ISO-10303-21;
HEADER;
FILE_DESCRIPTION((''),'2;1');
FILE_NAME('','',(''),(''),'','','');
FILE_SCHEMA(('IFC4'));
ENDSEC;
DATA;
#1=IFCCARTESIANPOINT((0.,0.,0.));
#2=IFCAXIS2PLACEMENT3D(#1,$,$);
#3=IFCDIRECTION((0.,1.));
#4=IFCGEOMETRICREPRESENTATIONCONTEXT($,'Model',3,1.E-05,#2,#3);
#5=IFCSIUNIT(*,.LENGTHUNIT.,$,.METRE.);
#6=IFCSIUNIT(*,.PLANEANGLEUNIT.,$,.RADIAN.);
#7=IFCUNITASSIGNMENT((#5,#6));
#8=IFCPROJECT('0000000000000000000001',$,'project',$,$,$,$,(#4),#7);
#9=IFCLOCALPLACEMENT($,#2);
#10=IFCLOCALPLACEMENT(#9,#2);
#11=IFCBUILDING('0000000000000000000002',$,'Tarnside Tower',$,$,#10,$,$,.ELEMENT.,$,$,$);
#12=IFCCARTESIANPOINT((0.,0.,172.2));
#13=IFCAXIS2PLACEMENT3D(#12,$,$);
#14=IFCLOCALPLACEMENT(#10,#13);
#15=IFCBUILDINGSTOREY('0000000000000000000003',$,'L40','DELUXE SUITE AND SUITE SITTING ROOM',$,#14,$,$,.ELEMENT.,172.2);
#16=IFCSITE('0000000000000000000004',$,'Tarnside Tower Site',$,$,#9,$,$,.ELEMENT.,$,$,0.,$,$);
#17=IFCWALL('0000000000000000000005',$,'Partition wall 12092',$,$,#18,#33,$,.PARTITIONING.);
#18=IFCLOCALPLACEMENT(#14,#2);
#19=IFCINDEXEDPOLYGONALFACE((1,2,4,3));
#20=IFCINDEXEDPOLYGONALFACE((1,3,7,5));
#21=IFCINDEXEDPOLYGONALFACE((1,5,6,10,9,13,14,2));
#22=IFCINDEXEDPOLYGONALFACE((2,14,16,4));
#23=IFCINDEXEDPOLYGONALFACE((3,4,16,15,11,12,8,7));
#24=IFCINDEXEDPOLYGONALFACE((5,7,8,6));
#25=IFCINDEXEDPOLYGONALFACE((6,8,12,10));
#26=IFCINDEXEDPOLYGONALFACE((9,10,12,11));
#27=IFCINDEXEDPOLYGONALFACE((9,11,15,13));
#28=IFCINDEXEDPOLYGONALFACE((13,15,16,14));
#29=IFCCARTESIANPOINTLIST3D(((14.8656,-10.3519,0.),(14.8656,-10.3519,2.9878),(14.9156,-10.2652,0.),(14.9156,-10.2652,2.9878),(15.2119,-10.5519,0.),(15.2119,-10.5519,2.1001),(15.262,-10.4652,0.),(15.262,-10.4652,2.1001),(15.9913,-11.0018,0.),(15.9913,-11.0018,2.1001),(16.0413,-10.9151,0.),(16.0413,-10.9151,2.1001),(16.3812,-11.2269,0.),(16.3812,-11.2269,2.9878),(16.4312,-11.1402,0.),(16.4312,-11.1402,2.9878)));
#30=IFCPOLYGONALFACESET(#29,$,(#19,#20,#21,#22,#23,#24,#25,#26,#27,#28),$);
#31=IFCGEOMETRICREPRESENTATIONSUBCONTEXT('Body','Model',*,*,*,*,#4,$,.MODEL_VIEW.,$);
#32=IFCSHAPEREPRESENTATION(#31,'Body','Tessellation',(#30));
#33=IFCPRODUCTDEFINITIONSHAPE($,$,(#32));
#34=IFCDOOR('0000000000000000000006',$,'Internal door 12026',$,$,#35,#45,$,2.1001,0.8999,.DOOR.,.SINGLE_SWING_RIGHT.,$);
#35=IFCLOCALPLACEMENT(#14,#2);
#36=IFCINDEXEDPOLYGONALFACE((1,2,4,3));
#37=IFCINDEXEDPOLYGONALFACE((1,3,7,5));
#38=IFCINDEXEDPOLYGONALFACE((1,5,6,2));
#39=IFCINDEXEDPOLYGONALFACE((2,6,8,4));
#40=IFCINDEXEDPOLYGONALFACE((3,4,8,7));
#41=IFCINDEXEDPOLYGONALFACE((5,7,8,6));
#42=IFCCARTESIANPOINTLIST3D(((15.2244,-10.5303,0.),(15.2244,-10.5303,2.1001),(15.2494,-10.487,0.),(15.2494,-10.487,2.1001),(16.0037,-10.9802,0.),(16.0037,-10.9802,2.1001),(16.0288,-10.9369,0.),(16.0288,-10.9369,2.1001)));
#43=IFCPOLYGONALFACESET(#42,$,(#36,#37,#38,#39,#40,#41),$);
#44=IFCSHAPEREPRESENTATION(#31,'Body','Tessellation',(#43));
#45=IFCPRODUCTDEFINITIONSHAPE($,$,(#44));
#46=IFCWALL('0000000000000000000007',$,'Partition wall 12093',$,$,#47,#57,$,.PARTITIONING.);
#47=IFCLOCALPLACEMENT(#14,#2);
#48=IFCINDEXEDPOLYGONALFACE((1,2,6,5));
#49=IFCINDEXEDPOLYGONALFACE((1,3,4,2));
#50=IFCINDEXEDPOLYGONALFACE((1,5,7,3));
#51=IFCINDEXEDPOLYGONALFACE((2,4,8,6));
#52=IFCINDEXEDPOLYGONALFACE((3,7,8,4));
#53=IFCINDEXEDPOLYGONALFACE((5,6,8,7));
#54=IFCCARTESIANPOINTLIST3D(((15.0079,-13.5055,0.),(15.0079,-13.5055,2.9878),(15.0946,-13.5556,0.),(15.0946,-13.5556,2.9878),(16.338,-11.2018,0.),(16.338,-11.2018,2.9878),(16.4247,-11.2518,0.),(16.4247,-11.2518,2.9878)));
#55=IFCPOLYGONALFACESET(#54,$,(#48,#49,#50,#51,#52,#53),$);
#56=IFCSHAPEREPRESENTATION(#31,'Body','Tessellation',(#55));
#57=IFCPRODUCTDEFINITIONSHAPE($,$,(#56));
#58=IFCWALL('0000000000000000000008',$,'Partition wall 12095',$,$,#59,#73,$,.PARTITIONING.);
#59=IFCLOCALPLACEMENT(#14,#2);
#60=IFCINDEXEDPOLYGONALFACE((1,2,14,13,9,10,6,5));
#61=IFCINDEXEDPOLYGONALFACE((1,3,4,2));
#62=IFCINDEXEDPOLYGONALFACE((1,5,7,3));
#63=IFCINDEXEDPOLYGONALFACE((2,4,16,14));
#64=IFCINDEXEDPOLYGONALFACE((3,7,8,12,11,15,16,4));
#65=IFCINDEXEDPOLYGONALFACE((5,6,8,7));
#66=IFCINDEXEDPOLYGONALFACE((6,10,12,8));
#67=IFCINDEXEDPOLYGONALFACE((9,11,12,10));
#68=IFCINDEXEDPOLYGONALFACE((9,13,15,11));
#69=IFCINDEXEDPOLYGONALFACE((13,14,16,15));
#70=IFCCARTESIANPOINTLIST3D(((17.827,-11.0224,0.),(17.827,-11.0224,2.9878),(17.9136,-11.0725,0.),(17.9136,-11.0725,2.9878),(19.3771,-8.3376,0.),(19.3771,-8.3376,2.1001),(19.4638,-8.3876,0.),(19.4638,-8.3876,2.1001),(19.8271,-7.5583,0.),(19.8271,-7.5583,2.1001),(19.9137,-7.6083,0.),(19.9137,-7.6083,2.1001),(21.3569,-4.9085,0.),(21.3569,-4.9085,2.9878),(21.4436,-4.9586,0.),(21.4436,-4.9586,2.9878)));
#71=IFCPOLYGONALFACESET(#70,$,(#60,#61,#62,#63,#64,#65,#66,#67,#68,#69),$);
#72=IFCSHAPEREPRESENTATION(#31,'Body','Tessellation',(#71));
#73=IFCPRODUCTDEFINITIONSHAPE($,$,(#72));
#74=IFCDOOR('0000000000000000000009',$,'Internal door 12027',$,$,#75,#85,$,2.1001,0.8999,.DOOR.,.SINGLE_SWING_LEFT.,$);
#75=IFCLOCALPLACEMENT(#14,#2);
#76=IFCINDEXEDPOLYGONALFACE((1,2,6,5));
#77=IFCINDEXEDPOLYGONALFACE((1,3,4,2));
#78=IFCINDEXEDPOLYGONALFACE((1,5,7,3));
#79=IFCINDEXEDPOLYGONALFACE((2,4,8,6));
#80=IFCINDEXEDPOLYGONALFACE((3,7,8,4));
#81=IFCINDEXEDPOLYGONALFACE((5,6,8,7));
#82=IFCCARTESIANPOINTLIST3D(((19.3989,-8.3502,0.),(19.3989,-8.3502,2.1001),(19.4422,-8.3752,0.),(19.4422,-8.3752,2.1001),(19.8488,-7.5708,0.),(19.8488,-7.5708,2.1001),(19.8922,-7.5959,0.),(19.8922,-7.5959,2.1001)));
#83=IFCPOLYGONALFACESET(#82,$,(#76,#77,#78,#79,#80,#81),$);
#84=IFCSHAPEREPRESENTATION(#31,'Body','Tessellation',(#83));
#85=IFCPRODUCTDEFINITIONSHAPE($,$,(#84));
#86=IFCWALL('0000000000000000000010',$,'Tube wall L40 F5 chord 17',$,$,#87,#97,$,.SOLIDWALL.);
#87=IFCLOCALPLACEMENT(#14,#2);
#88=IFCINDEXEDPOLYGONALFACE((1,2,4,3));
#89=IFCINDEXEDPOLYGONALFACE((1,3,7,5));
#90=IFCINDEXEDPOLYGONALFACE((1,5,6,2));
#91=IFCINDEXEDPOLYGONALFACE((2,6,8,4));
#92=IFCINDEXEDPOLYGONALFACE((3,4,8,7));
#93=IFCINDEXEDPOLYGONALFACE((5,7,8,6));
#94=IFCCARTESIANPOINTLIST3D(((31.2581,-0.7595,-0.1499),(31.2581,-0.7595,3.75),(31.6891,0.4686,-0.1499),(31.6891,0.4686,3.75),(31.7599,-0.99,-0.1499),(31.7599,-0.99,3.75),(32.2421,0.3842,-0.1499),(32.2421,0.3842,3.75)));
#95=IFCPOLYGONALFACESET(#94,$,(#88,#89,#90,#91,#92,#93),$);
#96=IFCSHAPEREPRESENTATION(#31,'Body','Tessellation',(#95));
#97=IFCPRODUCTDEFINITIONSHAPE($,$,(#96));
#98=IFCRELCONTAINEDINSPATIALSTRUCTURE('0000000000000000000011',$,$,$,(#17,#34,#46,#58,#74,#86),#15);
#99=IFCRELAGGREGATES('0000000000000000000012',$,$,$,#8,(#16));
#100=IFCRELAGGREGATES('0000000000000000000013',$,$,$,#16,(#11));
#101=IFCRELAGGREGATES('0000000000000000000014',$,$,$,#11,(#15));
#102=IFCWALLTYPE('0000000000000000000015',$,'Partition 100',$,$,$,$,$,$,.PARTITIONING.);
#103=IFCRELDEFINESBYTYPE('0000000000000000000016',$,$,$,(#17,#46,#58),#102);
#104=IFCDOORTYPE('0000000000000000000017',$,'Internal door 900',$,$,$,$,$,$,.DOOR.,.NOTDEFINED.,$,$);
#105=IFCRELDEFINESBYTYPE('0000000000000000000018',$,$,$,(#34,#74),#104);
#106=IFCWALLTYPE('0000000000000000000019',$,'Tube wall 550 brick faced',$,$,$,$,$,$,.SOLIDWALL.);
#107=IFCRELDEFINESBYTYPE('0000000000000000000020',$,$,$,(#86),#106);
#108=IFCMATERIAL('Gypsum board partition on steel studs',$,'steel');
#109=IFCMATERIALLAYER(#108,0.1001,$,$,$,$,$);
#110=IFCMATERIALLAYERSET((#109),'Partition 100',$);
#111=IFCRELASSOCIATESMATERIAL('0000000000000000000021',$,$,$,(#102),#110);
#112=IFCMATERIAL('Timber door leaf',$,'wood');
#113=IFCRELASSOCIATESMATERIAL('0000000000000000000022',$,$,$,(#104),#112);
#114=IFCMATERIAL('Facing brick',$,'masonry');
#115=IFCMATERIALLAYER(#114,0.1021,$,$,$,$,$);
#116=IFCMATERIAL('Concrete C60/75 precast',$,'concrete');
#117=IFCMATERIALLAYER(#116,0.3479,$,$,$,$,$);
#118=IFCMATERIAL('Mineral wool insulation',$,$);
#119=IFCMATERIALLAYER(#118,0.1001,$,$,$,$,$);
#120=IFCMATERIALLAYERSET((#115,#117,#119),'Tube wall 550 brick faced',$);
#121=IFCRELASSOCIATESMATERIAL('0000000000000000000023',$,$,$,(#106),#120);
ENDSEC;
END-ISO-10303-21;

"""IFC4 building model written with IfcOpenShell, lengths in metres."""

from ifc_helpers import new_model, si_unit, direction, frame, frame_2d, origin, place, context, subcontext, project, spatial, polyline, rectangle, outline, extrude, material, layer, layer_set, type_object, element, fill, save


model = new_model("IFC4")

# Units and contexts
model_context = context("Model", 3, precision=1e-05, world=origin(), true_north=direction((0.0, 1.0)))
body_context = subcontext(model_context, "Body", "Model", "MODEL_VIEW")
ifc_project = project(units=[si_unit("LENGTHUNIT", "METRE"), si_unit("PLANEANGLEUNIT", "RADIAN")], contexts=[model_context])

# Site, building, storey
site_placement = place(None, origin())
site = spatial("IfcSite", under=ifc_project, at=site_placement, Name="Tarnside Tower Site", CompositionType="ELEMENT", RefElevation=0.0)
building_placement = place(site_placement, origin())
building = spatial("IfcBuilding", under=site, at=building_placement, Name="Tarnside Tower", CompositionType="ELEMENT")
storey_placement = place(building_placement, frame((0.0, 0.0, 172.2)))
storey = spatial("IfcBuildingStorey", under=building, at=storey_placement, Name="L40", Description="DELUXE SUITE AND SUITE SITTING ROOM", CompositionType="ELEMENT", Elevation=172.2)

# Shared definitions
ifc_material_1 = material(Name="Gypsum board partition on steel studs", Category="steel")

# Shared definitions
ifc_material_2 = material(Name="Timber door leaf", Category="wood")

# Wall, opening, door
ifc_layer_1 = layer(ifc_material_1, 0.1001)
ifc_layer_set_1 = layer_set([ifc_layer_1], Name="Partition 100")
wall_type_1 = type_object("IfcWallType", Name="Partition 100", PredefinedType="PARTITIONING", material=ifc_layer_set_1)
wall_1_placement = place(storey_placement, frame((14.8906, -10.3086, 0.0), z_axis=(0.0, 0.0, 1.0), x_axis=(0.866037, -0.49998, 0.0)))
wall_1 = element("IfcWall", 1, at=wall_1_placement, inside=storey, type_object=wall_type_1, Name="Partition wall 12092", PredefinedType="PARTITIONING", context=body_context, shape_type="SweptSolid", body=[
    extrude(rectangle(XDim=1.75, YDim=0.1001, at=frame_2d((0.875, 0.0))), origin(), (0.0, 0.0, 1.0), 2.9878),
])
opening_1_placement = place(wall_1_placement, frame((0.3999, 0.0, 0.0)))
opening_1 = element("IfcOpeningElement", 2, at=opening_1_placement, cuts=wall_1, PredefinedType="OPENING", context=body_context, shape_type="SweptSolid", body=[
    extrude(rectangle(XDim=0.8999, YDim=2.1001, at=frame_2d((0.45, 1.05))), frame((0.0, 0.0601, 0.0), z_axis=(0.0, -1.0, 0.0), x_axis=(1.0, 0.0, 0.0)), (0.0, 0.0, 1.0), 0.1201),
])
door_type_1 = type_object("IfcDoorType", Name="Internal door 900", OperationType="NOTDEFINED", PredefinedType="DOOR", material=ifc_material_2)
door_1_placement = place(opening_1_placement, origin())
door_1 = element("IfcDoor", 3, at=door_1_placement, inside=storey, type_object=door_type_1, Name="Internal door 12026", OperationType="SINGLE_SWING_RIGHT", OverallHeight=2.1001, OverallWidth=0.8999, PredefinedType="DOOR", context=body_context, shape_type="SweptSolid", body=[
    extrude(rectangle(XDim=0.8999, YDim=2.1001, at=frame_2d((0.45, 1.05))), frame((0.0, 0.0249, 0.0), z_axis=(0.0, -1.0, 0.0), x_axis=(1.0, 0.0, 0.0)), (0.0, 0.0, 1.0), 0.05),
])
fill(opening_1, door_1)

# Wall
wall_2_placement = place(storey_placement, frame((16.3813, -11.2268, 0.0), z_axis=(0.0, 0.0, 1.0), x_axis=(-0.500008, -0.866021, 0.0)))
element("IfcWall", 4, at=wall_2_placement, inside=storey, type_object=wall_type_1, Name="Partition wall 12093", PredefinedType="PARTITIONING", context=body_context, shape_type="SweptSolid", body=[
    extrude(rectangle(XDim=2.6602, YDim=0.1001, at=frame_2d((1.3301, 0.0))), origin(), (0.0, 0.0, 1.0), 2.9878),
])

# Wall, opening, door
wall_3_placement = place(storey_placement, frame((17.8704, -11.0474, 0.0), z_axis=(0.0, 0.0, 1.0), x_axis=(0.500011, 0.866019, 0.0)))
wall_3 = element("IfcWall", 5, at=wall_3_placement, inside=storey, type_object=wall_type_1, Name="Partition wall 12095", PredefinedType="PARTITIONING", context=body_context, shape_type="SweptSolid", body=[
    extrude(rectangle(XDim=7.0598, YDim=0.1001, at=frame_2d((3.5298, 0.0))), origin(), (0.0, 0.0, 1.0), 2.9878),
])
opening_2_placement = place(wall_3_placement, frame((3.1001, 0.0, 0.0)))
opening_2 = element("IfcOpeningElement", 6, at=opening_2_placement, cuts=wall_3, PredefinedType="OPENING", context=body_context, shape_type="SweptSolid", body=[
    extrude(rectangle(XDim=0.8999, YDim=2.1001, at=frame_2d((0.45, 1.05))), frame((0.0, 0.0601, 0.0), z_axis=(0.0, -1.0, 0.0), x_axis=(1.0, 0.0, 0.0)), (0.0, 0.0, 1.0), 0.1201),
])
door_2_placement = place(opening_2_placement, origin())
door_2 = element("IfcDoor", 7, at=door_2_placement, inside=storey, type_object=door_type_1, Name="Internal door 12027", OperationType="SINGLE_SWING_LEFT", OverallHeight=2.1001, OverallWidth=0.8999, PredefinedType="DOOR", context=body_context, shape_type="SweptSolid", body=[
    extrude(rectangle(XDim=0.8999, YDim=2.1001, at=frame_2d((0.45, 1.05))), frame((0.0, 0.0249, 0.0), z_axis=(0.0, -1.0, 0.0), x_axis=(1.0, 0.0, 0.0)), (0.0, 0.0, 1.0), 0.05),
])
fill(opening_2, door_2)

# Wall
ifc_material_3 = material(Name="Facing brick", Category="masonry")
ifc_layer_2 = layer(ifc_material_3, 0.1021)
ifc_material_4 = material(Name="Concrete C60/75 precast", Category="concrete")
ifc_layer_3 = layer(ifc_material_4, 0.3479)
ifc_material_5 = material(Name="Mineral wool insulation")
ifc_layer_4 = layer(ifc_material_5, 0.1001)
ifc_layer_set_2 = layer_set([ifc_layer_2, ifc_layer_3, ifc_layer_4], Name="Tube wall 550 brick faced")
wall_type_2 = type_object("IfcWallType", Name="Tube wall 550 brick faced", PredefinedType="SOLIDWALL", material=ifc_layer_set_2)
wall_4_placement = place(storey_placement, frame((31.509, -0.8748, -0.1499), z_axis=(0.0, 0.0, 1.0), x_axis=(0.331115, 0.94359, 0.0)))
element("IfcWall", 8, at=wall_4_placement, inside=storey, type_object=wall_type_2, Name="Tube wall L40 F5 chord 17", PredefinedType="SOLIDWALL", context=body_context, shape_type="SweptSolid", body=[
    extrude(outline(polyline([(-0.0256, -0.2749), (1.4307, -0.2749), (1.3271, 0.2749), (0.0256, 0.2749), (-0.0256, -0.2749)])), origin(), (0.0, 0.0, 1.0), 3.8999),
])

save(model, "model.ifc")
